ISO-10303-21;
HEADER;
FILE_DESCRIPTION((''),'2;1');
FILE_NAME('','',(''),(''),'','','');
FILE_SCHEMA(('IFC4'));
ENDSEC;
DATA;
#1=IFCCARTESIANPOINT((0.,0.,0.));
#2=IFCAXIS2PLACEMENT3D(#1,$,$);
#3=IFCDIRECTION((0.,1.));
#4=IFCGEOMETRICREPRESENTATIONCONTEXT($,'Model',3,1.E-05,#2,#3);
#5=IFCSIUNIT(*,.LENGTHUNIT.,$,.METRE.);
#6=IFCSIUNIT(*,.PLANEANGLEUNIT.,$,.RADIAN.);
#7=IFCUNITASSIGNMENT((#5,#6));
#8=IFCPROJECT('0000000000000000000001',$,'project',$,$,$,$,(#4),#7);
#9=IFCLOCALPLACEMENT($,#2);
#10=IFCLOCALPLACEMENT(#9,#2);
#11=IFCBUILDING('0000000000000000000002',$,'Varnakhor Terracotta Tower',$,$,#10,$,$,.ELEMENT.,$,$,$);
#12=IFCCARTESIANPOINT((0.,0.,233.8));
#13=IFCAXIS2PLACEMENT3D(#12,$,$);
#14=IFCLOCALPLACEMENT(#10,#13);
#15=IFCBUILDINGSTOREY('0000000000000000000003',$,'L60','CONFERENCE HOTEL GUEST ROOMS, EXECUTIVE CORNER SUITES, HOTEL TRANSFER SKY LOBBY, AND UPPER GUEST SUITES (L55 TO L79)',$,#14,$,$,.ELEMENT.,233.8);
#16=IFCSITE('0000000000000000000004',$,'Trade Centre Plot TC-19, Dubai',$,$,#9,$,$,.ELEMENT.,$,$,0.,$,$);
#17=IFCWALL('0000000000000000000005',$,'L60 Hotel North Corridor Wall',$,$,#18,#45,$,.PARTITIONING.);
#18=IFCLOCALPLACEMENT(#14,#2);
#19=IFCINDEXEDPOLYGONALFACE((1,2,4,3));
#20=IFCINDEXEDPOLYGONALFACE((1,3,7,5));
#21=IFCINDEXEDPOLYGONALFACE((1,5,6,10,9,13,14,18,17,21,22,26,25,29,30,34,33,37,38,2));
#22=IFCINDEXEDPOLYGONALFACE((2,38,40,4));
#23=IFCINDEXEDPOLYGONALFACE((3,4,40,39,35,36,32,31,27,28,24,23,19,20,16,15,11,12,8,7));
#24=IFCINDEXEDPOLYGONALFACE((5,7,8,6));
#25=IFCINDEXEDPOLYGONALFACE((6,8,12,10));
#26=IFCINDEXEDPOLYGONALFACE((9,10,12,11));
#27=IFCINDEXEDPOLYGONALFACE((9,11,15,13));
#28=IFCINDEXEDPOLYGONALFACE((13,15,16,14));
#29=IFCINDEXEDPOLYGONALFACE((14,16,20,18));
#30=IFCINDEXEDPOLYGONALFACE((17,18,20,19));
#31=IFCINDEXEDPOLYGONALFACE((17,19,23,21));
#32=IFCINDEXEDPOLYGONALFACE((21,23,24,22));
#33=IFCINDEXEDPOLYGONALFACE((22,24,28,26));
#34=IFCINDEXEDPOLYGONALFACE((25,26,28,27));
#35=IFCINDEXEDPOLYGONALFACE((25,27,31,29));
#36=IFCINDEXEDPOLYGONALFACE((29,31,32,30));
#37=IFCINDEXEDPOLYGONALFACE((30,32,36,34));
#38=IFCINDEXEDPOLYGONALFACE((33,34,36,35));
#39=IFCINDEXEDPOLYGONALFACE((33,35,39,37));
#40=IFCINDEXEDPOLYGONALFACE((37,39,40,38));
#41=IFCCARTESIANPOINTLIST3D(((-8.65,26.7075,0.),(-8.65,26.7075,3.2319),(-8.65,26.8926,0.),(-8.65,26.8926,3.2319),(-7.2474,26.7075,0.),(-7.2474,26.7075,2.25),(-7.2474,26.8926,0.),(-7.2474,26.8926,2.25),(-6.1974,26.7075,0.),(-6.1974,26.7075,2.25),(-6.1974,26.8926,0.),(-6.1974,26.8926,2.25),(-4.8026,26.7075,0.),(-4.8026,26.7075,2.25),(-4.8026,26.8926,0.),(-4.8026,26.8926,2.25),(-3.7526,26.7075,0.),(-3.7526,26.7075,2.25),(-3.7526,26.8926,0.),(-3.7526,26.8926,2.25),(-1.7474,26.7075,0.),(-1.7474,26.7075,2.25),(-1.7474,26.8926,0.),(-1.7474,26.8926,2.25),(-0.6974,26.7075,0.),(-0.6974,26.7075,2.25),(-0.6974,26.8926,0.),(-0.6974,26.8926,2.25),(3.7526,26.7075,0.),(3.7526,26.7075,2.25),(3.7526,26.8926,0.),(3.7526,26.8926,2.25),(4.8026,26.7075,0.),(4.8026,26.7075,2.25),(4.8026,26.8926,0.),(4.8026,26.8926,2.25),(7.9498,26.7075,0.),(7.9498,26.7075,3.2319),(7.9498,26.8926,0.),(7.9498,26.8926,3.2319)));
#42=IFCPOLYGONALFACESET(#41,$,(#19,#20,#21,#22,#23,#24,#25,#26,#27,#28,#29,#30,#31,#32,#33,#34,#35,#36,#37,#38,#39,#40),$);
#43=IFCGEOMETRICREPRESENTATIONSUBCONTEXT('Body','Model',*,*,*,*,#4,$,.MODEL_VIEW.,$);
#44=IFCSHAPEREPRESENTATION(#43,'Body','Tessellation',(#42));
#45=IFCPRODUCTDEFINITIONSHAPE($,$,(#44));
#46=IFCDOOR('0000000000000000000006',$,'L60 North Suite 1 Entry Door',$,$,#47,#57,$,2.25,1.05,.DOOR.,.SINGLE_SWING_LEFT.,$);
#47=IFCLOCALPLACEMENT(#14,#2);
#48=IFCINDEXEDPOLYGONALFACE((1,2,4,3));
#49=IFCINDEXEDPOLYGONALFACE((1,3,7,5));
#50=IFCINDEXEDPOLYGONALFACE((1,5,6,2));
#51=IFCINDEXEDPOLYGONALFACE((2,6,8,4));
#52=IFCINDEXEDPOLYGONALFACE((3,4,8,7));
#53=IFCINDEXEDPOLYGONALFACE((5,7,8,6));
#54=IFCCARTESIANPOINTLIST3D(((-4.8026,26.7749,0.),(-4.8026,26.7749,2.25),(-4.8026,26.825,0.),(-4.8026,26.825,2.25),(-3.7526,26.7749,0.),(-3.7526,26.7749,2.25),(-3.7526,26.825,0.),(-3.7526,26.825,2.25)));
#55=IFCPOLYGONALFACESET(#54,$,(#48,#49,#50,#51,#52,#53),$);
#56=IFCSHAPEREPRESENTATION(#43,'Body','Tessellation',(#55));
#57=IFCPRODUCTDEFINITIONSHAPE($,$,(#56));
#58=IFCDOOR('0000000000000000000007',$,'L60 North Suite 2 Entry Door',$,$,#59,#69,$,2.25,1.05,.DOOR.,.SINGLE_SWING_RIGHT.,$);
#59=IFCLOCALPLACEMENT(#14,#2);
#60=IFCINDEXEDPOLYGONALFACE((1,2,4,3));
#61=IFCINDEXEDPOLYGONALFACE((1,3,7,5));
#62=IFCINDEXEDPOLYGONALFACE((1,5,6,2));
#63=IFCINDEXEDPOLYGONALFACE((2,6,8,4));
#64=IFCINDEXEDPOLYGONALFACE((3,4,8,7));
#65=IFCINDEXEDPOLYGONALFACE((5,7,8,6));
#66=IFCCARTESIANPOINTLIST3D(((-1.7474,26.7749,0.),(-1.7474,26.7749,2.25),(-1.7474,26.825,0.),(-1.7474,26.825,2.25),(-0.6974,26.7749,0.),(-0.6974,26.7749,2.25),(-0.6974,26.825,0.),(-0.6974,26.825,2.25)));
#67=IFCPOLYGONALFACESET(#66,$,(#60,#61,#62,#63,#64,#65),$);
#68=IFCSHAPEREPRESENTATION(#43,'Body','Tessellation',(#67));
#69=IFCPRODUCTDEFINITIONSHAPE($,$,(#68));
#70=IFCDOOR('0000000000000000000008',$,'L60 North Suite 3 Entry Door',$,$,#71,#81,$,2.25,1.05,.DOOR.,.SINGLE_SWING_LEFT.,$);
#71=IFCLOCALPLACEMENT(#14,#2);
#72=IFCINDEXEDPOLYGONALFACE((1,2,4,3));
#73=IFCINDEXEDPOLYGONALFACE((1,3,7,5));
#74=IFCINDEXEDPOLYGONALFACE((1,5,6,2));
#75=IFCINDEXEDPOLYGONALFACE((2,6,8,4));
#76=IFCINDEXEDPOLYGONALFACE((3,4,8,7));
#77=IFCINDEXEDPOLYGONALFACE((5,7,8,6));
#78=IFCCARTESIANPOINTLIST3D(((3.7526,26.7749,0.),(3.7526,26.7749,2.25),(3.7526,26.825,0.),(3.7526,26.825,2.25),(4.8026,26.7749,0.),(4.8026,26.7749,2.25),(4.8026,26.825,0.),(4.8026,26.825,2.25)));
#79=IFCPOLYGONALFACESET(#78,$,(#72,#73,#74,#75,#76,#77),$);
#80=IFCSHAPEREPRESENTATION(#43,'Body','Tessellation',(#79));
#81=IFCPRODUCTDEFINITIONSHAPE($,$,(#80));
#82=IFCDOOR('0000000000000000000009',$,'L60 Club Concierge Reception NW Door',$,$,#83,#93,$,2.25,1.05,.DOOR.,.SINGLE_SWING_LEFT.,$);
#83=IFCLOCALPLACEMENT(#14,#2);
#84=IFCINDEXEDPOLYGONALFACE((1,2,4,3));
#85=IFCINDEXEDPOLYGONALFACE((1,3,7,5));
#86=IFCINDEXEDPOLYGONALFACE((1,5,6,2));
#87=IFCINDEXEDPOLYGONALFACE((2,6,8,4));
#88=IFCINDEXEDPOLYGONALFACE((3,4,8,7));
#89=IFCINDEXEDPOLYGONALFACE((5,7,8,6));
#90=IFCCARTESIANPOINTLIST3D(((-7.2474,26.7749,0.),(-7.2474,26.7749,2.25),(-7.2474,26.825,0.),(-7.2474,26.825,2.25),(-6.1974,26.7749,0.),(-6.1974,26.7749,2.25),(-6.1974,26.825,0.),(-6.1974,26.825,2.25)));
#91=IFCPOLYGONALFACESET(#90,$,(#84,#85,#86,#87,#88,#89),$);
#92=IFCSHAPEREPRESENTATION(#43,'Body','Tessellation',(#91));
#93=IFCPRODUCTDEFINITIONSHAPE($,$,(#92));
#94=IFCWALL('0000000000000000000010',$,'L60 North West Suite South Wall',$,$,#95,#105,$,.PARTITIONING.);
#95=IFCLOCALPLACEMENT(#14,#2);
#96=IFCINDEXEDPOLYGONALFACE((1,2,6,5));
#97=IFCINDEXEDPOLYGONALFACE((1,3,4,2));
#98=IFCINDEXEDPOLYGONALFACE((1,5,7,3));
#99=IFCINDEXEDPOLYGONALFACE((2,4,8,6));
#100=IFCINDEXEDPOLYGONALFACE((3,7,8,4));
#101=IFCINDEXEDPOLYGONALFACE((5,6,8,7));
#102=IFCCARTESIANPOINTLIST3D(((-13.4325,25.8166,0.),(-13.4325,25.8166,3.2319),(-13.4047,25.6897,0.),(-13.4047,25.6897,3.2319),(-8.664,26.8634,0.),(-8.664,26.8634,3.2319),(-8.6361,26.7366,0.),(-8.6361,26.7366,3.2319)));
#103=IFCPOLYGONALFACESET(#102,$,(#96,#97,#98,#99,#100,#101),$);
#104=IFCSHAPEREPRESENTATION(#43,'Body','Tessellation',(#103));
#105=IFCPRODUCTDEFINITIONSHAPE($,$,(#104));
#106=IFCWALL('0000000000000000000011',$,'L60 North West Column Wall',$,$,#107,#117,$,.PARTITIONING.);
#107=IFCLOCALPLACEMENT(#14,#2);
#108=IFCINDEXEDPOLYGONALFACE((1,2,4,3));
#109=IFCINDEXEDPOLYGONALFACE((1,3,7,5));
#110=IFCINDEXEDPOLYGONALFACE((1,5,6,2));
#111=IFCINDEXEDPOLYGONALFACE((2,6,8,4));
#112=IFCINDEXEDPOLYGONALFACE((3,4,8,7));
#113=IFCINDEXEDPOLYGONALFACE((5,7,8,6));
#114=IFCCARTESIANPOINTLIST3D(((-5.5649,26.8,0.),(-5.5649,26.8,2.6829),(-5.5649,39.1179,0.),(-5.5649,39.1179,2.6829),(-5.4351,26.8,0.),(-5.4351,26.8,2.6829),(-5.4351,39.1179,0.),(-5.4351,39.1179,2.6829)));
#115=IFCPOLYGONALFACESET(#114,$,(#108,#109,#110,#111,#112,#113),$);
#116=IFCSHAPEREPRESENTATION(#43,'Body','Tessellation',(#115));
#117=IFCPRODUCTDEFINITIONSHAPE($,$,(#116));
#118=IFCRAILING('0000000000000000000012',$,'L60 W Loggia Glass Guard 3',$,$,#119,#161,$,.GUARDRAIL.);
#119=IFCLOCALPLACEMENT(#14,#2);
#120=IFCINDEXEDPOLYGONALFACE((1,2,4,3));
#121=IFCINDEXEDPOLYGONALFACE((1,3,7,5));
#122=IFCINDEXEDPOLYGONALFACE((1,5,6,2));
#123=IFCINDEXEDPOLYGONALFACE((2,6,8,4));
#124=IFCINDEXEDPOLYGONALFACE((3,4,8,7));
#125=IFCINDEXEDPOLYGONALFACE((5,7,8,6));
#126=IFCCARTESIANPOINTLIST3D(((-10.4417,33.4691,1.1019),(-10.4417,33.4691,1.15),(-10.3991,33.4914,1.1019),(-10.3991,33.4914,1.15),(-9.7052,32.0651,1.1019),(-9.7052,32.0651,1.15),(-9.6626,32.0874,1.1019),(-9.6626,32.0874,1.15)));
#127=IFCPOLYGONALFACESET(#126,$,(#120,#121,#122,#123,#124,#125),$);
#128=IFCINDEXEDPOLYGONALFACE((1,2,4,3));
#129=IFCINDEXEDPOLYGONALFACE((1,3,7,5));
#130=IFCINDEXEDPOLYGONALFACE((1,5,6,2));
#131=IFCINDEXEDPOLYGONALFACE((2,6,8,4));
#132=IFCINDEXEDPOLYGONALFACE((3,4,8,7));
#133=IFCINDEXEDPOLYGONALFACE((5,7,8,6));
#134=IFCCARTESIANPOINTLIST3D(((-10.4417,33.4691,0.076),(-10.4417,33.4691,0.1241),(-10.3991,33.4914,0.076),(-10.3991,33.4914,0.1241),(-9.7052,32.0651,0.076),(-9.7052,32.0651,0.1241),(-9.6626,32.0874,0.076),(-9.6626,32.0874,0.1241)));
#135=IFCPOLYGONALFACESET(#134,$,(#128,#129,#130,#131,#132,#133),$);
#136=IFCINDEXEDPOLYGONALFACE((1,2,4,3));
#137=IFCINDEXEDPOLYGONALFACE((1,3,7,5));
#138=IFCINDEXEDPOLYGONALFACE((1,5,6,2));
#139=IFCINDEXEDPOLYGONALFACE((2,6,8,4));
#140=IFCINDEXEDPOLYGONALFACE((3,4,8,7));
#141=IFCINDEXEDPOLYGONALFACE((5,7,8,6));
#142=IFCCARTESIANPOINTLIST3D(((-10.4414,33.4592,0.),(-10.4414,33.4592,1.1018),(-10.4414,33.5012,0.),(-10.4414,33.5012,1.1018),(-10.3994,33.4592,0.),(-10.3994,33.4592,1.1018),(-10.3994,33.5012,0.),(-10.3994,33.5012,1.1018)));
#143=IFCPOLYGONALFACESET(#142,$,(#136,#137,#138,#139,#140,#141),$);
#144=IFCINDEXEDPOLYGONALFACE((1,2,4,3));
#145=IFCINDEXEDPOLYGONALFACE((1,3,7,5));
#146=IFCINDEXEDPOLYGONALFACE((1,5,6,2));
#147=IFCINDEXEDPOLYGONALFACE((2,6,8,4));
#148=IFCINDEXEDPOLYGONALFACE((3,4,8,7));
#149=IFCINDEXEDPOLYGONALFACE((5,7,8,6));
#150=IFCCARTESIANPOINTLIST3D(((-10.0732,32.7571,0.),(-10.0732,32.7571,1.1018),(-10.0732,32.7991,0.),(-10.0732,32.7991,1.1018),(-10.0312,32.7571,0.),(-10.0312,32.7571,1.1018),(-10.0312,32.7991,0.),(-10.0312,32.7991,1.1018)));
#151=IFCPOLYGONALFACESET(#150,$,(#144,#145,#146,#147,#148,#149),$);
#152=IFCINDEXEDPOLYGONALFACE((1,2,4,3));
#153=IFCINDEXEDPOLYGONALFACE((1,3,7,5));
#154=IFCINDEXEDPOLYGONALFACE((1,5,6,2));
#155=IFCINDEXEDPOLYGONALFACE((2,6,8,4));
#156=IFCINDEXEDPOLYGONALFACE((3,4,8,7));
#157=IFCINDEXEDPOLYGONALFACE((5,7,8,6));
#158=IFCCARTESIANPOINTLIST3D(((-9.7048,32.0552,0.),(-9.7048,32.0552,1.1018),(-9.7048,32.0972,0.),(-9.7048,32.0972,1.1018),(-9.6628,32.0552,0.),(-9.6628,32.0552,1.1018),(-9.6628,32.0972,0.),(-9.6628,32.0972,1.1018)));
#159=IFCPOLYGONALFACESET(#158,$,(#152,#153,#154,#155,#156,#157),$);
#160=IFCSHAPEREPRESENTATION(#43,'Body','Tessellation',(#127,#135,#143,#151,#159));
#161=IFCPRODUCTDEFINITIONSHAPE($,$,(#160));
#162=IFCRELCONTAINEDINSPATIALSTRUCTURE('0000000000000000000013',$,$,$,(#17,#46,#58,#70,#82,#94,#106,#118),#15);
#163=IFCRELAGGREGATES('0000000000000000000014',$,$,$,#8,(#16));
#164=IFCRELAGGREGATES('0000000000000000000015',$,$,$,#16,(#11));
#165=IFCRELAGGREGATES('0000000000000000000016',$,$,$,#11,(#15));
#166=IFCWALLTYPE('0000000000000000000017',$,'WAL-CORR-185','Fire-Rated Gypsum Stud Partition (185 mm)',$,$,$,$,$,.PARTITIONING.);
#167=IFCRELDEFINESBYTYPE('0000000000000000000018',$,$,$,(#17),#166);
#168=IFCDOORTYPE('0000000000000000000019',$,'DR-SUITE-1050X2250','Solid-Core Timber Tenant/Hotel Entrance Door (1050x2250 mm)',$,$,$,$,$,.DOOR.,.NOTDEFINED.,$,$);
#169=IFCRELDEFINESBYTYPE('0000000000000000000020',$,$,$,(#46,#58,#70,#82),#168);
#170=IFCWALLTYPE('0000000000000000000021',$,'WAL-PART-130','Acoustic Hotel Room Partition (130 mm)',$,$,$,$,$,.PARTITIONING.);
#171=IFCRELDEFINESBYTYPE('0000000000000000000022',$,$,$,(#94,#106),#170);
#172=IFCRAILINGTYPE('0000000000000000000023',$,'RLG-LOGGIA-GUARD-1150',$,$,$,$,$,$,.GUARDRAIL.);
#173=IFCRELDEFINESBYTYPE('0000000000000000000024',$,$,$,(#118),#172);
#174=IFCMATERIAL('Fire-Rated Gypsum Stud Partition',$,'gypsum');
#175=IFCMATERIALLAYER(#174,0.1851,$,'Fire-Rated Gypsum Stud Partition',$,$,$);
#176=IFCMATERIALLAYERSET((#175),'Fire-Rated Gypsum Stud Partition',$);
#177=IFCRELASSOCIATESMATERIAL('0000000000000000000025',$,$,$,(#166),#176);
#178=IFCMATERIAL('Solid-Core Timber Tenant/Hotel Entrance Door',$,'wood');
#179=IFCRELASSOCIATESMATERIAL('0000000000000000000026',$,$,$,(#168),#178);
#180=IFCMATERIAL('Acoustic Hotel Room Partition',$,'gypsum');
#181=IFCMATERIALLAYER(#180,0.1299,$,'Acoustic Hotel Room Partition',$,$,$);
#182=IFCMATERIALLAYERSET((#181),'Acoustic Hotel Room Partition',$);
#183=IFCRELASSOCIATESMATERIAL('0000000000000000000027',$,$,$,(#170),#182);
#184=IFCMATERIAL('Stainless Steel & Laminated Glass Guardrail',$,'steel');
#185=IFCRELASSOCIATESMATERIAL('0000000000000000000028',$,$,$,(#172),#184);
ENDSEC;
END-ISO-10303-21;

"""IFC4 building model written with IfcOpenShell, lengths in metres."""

from ifc_helpers import new_model, si_unit, direction, frame, frame_2d, origin, origin_2d, place, context, subcontext, project, spatial, rectangle, extrude, source, transform, mapped, material, layer, layer_set, type_object, type_shapes, element, fill, save


model = new_model("IFC4")

# Units and contexts
model_context = context("Model", 3, precision=1e-05, world=origin(), true_north=direction((0.0, 1.0)))
body_context = subcontext(model_context, "Body", "Model", "MODEL_VIEW")
ifc_project = project(units=[si_unit("LENGTHUNIT", "METRE"), si_unit("PLANEANGLEUNIT", "RADIAN")], contexts=[model_context])

# Site, building, storey
site_placement = place(None, origin())
site = spatial("IfcSite", under=ifc_project, at=site_placement, Name="Trade Centre Plot TC-19, Dubai", CompositionType="ELEMENT", RefElevation=0.0)
building_placement = place(site_placement, origin())
building = spatial("IfcBuilding", under=site, at=building_placement, Name="Varnakhor Terracotta Tower", CompositionType="ELEMENT")
storey_placement = place(building_placement, frame((0.0, 0.0, 233.8)))
storey = spatial("IfcBuildingStorey", under=building, at=storey_placement, Name="L60", Description="CONFERENCE HOTEL GUEST ROOMS, EXECUTIVE CORNER SUITES, HOTEL TRANSFER SKY LOBBY, AND UPPER GUEST SUITES (L55 TO L79)", CompositionType="ELEMENT", Elevation=233.8)

# Shared definitions
ifc_material_1 = material(Name="Fire-Rated Gypsum Stud Partition", Category="gypsum")
ifc_layer_1 = layer(ifc_material_1, 0.1851, Name="Fire-Rated Gypsum Stud Partition")
ifc_layer_set_1 = layer_set([ifc_layer_1], Name="Fire-Rated Gypsum Stud Partition")
wall_type_1 = type_object("IfcWallType", Name="WAL-CORR-185", Description="Fire-Rated Gypsum Stud Partition (185 mm)", PredefinedType="PARTITIONING", material=ifc_layer_set_1)

# Wall, openings, doors
wall_1_placement = place(storey_placement, frame((-8.6499, 26.8, 0.0), z_axis=(0.0, 0.0, 1.0), x_axis=(1.0, 0.0, 0.0)))
wall_1 = element("IfcWall", 1, at=wall_1_placement, inside=storey, type_object=wall_type_1, Name="L60 Hotel North Corridor Wall", PredefinedType="PARTITIONING", context=body_context, shape_type="SweptSolid", body=[
    extrude(rectangle(XDim=16.5999, YDim=0.1851, at=frame_2d((8.2998, 0.0))), origin(), (0.0, 0.0, 1.0), 3.2319),
])
opening_1_placement = place(wall_1_placement, frame((3.8474, 0.0, 0.0)))
opening_1 = element("IfcOpeningElement", 2, at=opening_1_placement, cuts=wall_1, PredefinedType="OPENING", context=body_context, shape_type="SweptSolid", body=[
    extrude(rectangle(XDim=1.05, YDim=2.25, at=frame_2d((0.5249, 1.125))), frame((0.0, 0.1025, 0.0), z_axis=(0.0, -1.0, 0.0), x_axis=(1.0, 0.0, 0.0)), (0.0, 0.0, 1.0), 0.2051),
])
opening_2_placement = place(wall_1_placement, frame((6.9026, 0.0, 0.0)))
opening_2 = element("IfcOpeningElement", 3, at=opening_2_placement, cuts=wall_1, PredefinedType="OPENING", context=body_context, shape_type="SweptSolid", body=[
    extrude(rectangle(XDim=1.05, YDim=2.25, at=frame_2d((0.5249, 1.125))), frame((0.0, 0.1025, 0.0), z_axis=(0.0, -1.0, 0.0), x_axis=(1.0, 0.0, 0.0)), (0.0, 0.0, 1.0), 0.2051),
])
opening_3_placement = place(wall_1_placement, frame((12.4026, 0.0, 0.0)))
opening_3 = element("IfcOpeningElement", 4, at=opening_3_placement, cuts=wall_1, PredefinedType="OPENING", context=body_context, shape_type="SweptSolid", body=[
    extrude(rectangle(XDim=1.05, YDim=2.25, at=frame_2d((0.5249, 1.125))), frame((0.0, 0.1025, 0.0), z_axis=(0.0, -1.0, 0.0), x_axis=(1.0, 0.0, 0.0)), (0.0, 0.0, 1.0), 0.2051),
])
opening_4_placement = place(wall_1_placement, frame((1.4026, 0.0, 0.0)))
opening_4 = element("IfcOpeningElement", 5, at=opening_4_placement, cuts=wall_1, PredefinedType="OPENING", context=body_context, shape_type="SweptSolid", body=[
    extrude(rectangle(XDim=1.05, YDim=2.25, at=frame_2d((0.5249, 1.125))), frame((0.0, 0.1025, 0.0), z_axis=(0.0, -1.0, 0.0), x_axis=(1.0, 0.0, 0.0)), (0.0, 0.0, 1.0), 0.2051),
])
ifc_material_2 = material(Name="Solid-Core Timber Tenant/Hotel Entrance Door", Category="wood")
door_type = type_object("IfcDoorType", Name="DR-SUITE-1050X2250", Description="Solid-Core Timber Tenant/Hotel Entrance Door (1050x2250 mm)", OperationType="NOTDEFINED", PredefinedType="DOOR", material=ifc_material_2)
shared_shape_1 = source(origin(), body_context, "Body", "SweptSolid", [
    extrude(rectangle(XDim=1.05, YDim=2.25, at=frame_2d((0.5249, 1.125))), frame((0.0, 0.0249, 0.0), z_axis=(0.0, -1.0, 0.0), x_axis=(1.0, 0.0, 0.0)), (0.0, 0.0, 1.0), 0.05),
])
type_shapes(door_type, [shared_shape_1])
door_1_placement = place(opening_1_placement, origin())
door_1 = element("IfcDoor", 6, at=door_1_placement, inside=storey, type_object=door_type, Name="L60 North Suite 1 Entry Door", OperationType="SINGLE_SWING_LEFT", OverallHeight=2.25, OverallWidth=1.05, PredefinedType="DOOR", context=body_context, shape_type="MappedRepresentation", body=[
    mapped(shared_shape_1, transform((0.0, 0.0, 0.0), scale=1.0)),
])
fill(opening_1, door_1)
door_2_placement = place(opening_2_placement, origin())
door_2 = element("IfcDoor", 7, at=door_2_placement, inside=storey, type_object=door_type, Name="L60 North Suite 2 Entry Door", OperationType="SINGLE_SWING_RIGHT", OverallHeight=2.25, OverallWidth=1.05, PredefinedType="DOOR", context=body_context, shape_type="MappedRepresentation", body=[
    mapped(shared_shape_1, transform((0.0, 0.0, 0.0), scale=1.0)),
])
fill(opening_2, door_2)
door_3_placement = place(opening_3_placement, origin())
door_3 = element("IfcDoor", 8, at=door_3_placement, inside=storey, type_object=door_type, Name="L60 North Suite 3 Entry Door", OperationType="SINGLE_SWING_LEFT", OverallHeight=2.25, OverallWidth=1.05, PredefinedType="DOOR", context=body_context, shape_type="MappedRepresentation", body=[
    mapped(shared_shape_1, transform((0.0, 0.0, 0.0), scale=1.0)),
])
fill(opening_3, door_3)
door_4_placement = place(opening_4_placement, origin())
door_4 = element("IfcDoor", 9, at=door_4_placement, inside=storey, type_object=door_type, Name="L60 Club Concierge Reception NW Door", OperationType="SINGLE_SWING_LEFT", OverallHeight=2.25, OverallWidth=1.05, PredefinedType="DOOR", context=body_context, shape_type="MappedRepresentation", body=[
    mapped(shared_shape_1, transform((0.0, 0.0, 0.0), scale=1.0)),
])
fill(opening_4, door_4)

# Walls
ifc_material_3 = material(Name="Acoustic Hotel Room Partition", Category="gypsum")
ifc_layer_2 = layer(ifc_material_3, 0.1299, Name="Acoustic Hotel Room Partition")
ifc_layer_set_2 = layer_set([ifc_layer_2], Name="Acoustic Hotel Room Partition")
wall_type_2 = type_object("IfcWallType", Name="WAL-PART-130", Description="Acoustic Hotel Room Partition (130 mm)", PredefinedType="PARTITIONING", material=ifc_layer_set_2)
wall_2_placement = place(storey_placement, frame((-13.4185, 25.7532, 0.0), z_axis=(0.0, 0.0, 1.0), x_axis=(0.976739, 0.214431, 0.0)))
element("IfcWall", 10, at=wall_2_placement, inside=storey, type_object=wall_type_2, Name="L60 North West Suite South Wall", PredefinedType="PARTITIONING", context=body_context, shape_type="SweptSolid", body=[
    extrude(rectangle(XDim=4.8821, YDim=0.1299, at=frame_2d((2.4409, 0.0))), origin(), (0.0, 0.0, 1.0), 3.2319),
])
wall_3_placement = place(storey_placement, frame((-5.5, 26.8, 0.0), z_axis=(0.0, 0.0, 1.0), x_axis=(0.0, 1.0, 0.0)))
element("IfcWall", 11, at=wall_3_placement, inside=storey, type_object=wall_type_2, Name="L60 North West Column Wall", PredefinedType="PARTITIONING", context=body_context, shape_type="SweptSolid", body=[
    extrude(rectangle(XDim=12.3179, YDim=0.1299, at=frame_2d((6.1589, 0.0))), origin(), (0.0, 0.0, 1.0), 2.6829),
])

# Railing
ifc_material_4 = material(Name="Stainless Steel & Laminated Glass Guardrail", Category="steel")
railing_type = type_object("IfcRailingType", Name="RLG-LOGGIA-GUARD-1150", PredefinedType="GUARDRAIL", material=ifc_material_4)
railing_placement = place(storey_placement, frame((-10.4204, 33.4802, 0.0)))
element("IfcRailing", 12, at=railing_placement, inside=storey, type_object=railing_type, Name="L60 W Loggia Glass Guard 3", PredefinedType="GUARDRAIL", context=body_context, shape_type="SweptSolid", body=[
    extrude(rectangle(XDim=0.0481, YDim=0.0481, at=origin_2d()), frame((0.0, 0.0, 1.126), z_axis=(0.464559, -0.885542, 0.0), x_axis=(0.885542, 0.464559, 0.0)), (0.0, 0.0, 1.0), 1.5854),
    extrude(rectangle(XDim=0.0481, YDim=0.0481, at=origin_2d()), frame((0.0, 0.0, 0.1001), z_axis=(0.464559, -0.885542, 0.0), x_axis=(0.885542, 0.464559, 0.0)), (0.0, 0.0, 1.0), 1.5854),
    extrude(rectangle(XDim=0.042, YDim=0.042, at=origin_2d()), origin(), (0.0, 0.0, 1.0), 1.1018),
    extrude(rectangle(XDim=0.042, YDim=0.042, at=origin_2d()), frame((0.3682, -0.7021, 0.0)), (0.0, 0.0, 1.0), 1.1018),
    extrude(rectangle(XDim=0.042, YDim=0.042, at=origin_2d()), frame((0.7366, -1.4041, 0.0)), (0.0, 0.0, 1.0), 1.1018),
])

save(model, "model.ifc")
